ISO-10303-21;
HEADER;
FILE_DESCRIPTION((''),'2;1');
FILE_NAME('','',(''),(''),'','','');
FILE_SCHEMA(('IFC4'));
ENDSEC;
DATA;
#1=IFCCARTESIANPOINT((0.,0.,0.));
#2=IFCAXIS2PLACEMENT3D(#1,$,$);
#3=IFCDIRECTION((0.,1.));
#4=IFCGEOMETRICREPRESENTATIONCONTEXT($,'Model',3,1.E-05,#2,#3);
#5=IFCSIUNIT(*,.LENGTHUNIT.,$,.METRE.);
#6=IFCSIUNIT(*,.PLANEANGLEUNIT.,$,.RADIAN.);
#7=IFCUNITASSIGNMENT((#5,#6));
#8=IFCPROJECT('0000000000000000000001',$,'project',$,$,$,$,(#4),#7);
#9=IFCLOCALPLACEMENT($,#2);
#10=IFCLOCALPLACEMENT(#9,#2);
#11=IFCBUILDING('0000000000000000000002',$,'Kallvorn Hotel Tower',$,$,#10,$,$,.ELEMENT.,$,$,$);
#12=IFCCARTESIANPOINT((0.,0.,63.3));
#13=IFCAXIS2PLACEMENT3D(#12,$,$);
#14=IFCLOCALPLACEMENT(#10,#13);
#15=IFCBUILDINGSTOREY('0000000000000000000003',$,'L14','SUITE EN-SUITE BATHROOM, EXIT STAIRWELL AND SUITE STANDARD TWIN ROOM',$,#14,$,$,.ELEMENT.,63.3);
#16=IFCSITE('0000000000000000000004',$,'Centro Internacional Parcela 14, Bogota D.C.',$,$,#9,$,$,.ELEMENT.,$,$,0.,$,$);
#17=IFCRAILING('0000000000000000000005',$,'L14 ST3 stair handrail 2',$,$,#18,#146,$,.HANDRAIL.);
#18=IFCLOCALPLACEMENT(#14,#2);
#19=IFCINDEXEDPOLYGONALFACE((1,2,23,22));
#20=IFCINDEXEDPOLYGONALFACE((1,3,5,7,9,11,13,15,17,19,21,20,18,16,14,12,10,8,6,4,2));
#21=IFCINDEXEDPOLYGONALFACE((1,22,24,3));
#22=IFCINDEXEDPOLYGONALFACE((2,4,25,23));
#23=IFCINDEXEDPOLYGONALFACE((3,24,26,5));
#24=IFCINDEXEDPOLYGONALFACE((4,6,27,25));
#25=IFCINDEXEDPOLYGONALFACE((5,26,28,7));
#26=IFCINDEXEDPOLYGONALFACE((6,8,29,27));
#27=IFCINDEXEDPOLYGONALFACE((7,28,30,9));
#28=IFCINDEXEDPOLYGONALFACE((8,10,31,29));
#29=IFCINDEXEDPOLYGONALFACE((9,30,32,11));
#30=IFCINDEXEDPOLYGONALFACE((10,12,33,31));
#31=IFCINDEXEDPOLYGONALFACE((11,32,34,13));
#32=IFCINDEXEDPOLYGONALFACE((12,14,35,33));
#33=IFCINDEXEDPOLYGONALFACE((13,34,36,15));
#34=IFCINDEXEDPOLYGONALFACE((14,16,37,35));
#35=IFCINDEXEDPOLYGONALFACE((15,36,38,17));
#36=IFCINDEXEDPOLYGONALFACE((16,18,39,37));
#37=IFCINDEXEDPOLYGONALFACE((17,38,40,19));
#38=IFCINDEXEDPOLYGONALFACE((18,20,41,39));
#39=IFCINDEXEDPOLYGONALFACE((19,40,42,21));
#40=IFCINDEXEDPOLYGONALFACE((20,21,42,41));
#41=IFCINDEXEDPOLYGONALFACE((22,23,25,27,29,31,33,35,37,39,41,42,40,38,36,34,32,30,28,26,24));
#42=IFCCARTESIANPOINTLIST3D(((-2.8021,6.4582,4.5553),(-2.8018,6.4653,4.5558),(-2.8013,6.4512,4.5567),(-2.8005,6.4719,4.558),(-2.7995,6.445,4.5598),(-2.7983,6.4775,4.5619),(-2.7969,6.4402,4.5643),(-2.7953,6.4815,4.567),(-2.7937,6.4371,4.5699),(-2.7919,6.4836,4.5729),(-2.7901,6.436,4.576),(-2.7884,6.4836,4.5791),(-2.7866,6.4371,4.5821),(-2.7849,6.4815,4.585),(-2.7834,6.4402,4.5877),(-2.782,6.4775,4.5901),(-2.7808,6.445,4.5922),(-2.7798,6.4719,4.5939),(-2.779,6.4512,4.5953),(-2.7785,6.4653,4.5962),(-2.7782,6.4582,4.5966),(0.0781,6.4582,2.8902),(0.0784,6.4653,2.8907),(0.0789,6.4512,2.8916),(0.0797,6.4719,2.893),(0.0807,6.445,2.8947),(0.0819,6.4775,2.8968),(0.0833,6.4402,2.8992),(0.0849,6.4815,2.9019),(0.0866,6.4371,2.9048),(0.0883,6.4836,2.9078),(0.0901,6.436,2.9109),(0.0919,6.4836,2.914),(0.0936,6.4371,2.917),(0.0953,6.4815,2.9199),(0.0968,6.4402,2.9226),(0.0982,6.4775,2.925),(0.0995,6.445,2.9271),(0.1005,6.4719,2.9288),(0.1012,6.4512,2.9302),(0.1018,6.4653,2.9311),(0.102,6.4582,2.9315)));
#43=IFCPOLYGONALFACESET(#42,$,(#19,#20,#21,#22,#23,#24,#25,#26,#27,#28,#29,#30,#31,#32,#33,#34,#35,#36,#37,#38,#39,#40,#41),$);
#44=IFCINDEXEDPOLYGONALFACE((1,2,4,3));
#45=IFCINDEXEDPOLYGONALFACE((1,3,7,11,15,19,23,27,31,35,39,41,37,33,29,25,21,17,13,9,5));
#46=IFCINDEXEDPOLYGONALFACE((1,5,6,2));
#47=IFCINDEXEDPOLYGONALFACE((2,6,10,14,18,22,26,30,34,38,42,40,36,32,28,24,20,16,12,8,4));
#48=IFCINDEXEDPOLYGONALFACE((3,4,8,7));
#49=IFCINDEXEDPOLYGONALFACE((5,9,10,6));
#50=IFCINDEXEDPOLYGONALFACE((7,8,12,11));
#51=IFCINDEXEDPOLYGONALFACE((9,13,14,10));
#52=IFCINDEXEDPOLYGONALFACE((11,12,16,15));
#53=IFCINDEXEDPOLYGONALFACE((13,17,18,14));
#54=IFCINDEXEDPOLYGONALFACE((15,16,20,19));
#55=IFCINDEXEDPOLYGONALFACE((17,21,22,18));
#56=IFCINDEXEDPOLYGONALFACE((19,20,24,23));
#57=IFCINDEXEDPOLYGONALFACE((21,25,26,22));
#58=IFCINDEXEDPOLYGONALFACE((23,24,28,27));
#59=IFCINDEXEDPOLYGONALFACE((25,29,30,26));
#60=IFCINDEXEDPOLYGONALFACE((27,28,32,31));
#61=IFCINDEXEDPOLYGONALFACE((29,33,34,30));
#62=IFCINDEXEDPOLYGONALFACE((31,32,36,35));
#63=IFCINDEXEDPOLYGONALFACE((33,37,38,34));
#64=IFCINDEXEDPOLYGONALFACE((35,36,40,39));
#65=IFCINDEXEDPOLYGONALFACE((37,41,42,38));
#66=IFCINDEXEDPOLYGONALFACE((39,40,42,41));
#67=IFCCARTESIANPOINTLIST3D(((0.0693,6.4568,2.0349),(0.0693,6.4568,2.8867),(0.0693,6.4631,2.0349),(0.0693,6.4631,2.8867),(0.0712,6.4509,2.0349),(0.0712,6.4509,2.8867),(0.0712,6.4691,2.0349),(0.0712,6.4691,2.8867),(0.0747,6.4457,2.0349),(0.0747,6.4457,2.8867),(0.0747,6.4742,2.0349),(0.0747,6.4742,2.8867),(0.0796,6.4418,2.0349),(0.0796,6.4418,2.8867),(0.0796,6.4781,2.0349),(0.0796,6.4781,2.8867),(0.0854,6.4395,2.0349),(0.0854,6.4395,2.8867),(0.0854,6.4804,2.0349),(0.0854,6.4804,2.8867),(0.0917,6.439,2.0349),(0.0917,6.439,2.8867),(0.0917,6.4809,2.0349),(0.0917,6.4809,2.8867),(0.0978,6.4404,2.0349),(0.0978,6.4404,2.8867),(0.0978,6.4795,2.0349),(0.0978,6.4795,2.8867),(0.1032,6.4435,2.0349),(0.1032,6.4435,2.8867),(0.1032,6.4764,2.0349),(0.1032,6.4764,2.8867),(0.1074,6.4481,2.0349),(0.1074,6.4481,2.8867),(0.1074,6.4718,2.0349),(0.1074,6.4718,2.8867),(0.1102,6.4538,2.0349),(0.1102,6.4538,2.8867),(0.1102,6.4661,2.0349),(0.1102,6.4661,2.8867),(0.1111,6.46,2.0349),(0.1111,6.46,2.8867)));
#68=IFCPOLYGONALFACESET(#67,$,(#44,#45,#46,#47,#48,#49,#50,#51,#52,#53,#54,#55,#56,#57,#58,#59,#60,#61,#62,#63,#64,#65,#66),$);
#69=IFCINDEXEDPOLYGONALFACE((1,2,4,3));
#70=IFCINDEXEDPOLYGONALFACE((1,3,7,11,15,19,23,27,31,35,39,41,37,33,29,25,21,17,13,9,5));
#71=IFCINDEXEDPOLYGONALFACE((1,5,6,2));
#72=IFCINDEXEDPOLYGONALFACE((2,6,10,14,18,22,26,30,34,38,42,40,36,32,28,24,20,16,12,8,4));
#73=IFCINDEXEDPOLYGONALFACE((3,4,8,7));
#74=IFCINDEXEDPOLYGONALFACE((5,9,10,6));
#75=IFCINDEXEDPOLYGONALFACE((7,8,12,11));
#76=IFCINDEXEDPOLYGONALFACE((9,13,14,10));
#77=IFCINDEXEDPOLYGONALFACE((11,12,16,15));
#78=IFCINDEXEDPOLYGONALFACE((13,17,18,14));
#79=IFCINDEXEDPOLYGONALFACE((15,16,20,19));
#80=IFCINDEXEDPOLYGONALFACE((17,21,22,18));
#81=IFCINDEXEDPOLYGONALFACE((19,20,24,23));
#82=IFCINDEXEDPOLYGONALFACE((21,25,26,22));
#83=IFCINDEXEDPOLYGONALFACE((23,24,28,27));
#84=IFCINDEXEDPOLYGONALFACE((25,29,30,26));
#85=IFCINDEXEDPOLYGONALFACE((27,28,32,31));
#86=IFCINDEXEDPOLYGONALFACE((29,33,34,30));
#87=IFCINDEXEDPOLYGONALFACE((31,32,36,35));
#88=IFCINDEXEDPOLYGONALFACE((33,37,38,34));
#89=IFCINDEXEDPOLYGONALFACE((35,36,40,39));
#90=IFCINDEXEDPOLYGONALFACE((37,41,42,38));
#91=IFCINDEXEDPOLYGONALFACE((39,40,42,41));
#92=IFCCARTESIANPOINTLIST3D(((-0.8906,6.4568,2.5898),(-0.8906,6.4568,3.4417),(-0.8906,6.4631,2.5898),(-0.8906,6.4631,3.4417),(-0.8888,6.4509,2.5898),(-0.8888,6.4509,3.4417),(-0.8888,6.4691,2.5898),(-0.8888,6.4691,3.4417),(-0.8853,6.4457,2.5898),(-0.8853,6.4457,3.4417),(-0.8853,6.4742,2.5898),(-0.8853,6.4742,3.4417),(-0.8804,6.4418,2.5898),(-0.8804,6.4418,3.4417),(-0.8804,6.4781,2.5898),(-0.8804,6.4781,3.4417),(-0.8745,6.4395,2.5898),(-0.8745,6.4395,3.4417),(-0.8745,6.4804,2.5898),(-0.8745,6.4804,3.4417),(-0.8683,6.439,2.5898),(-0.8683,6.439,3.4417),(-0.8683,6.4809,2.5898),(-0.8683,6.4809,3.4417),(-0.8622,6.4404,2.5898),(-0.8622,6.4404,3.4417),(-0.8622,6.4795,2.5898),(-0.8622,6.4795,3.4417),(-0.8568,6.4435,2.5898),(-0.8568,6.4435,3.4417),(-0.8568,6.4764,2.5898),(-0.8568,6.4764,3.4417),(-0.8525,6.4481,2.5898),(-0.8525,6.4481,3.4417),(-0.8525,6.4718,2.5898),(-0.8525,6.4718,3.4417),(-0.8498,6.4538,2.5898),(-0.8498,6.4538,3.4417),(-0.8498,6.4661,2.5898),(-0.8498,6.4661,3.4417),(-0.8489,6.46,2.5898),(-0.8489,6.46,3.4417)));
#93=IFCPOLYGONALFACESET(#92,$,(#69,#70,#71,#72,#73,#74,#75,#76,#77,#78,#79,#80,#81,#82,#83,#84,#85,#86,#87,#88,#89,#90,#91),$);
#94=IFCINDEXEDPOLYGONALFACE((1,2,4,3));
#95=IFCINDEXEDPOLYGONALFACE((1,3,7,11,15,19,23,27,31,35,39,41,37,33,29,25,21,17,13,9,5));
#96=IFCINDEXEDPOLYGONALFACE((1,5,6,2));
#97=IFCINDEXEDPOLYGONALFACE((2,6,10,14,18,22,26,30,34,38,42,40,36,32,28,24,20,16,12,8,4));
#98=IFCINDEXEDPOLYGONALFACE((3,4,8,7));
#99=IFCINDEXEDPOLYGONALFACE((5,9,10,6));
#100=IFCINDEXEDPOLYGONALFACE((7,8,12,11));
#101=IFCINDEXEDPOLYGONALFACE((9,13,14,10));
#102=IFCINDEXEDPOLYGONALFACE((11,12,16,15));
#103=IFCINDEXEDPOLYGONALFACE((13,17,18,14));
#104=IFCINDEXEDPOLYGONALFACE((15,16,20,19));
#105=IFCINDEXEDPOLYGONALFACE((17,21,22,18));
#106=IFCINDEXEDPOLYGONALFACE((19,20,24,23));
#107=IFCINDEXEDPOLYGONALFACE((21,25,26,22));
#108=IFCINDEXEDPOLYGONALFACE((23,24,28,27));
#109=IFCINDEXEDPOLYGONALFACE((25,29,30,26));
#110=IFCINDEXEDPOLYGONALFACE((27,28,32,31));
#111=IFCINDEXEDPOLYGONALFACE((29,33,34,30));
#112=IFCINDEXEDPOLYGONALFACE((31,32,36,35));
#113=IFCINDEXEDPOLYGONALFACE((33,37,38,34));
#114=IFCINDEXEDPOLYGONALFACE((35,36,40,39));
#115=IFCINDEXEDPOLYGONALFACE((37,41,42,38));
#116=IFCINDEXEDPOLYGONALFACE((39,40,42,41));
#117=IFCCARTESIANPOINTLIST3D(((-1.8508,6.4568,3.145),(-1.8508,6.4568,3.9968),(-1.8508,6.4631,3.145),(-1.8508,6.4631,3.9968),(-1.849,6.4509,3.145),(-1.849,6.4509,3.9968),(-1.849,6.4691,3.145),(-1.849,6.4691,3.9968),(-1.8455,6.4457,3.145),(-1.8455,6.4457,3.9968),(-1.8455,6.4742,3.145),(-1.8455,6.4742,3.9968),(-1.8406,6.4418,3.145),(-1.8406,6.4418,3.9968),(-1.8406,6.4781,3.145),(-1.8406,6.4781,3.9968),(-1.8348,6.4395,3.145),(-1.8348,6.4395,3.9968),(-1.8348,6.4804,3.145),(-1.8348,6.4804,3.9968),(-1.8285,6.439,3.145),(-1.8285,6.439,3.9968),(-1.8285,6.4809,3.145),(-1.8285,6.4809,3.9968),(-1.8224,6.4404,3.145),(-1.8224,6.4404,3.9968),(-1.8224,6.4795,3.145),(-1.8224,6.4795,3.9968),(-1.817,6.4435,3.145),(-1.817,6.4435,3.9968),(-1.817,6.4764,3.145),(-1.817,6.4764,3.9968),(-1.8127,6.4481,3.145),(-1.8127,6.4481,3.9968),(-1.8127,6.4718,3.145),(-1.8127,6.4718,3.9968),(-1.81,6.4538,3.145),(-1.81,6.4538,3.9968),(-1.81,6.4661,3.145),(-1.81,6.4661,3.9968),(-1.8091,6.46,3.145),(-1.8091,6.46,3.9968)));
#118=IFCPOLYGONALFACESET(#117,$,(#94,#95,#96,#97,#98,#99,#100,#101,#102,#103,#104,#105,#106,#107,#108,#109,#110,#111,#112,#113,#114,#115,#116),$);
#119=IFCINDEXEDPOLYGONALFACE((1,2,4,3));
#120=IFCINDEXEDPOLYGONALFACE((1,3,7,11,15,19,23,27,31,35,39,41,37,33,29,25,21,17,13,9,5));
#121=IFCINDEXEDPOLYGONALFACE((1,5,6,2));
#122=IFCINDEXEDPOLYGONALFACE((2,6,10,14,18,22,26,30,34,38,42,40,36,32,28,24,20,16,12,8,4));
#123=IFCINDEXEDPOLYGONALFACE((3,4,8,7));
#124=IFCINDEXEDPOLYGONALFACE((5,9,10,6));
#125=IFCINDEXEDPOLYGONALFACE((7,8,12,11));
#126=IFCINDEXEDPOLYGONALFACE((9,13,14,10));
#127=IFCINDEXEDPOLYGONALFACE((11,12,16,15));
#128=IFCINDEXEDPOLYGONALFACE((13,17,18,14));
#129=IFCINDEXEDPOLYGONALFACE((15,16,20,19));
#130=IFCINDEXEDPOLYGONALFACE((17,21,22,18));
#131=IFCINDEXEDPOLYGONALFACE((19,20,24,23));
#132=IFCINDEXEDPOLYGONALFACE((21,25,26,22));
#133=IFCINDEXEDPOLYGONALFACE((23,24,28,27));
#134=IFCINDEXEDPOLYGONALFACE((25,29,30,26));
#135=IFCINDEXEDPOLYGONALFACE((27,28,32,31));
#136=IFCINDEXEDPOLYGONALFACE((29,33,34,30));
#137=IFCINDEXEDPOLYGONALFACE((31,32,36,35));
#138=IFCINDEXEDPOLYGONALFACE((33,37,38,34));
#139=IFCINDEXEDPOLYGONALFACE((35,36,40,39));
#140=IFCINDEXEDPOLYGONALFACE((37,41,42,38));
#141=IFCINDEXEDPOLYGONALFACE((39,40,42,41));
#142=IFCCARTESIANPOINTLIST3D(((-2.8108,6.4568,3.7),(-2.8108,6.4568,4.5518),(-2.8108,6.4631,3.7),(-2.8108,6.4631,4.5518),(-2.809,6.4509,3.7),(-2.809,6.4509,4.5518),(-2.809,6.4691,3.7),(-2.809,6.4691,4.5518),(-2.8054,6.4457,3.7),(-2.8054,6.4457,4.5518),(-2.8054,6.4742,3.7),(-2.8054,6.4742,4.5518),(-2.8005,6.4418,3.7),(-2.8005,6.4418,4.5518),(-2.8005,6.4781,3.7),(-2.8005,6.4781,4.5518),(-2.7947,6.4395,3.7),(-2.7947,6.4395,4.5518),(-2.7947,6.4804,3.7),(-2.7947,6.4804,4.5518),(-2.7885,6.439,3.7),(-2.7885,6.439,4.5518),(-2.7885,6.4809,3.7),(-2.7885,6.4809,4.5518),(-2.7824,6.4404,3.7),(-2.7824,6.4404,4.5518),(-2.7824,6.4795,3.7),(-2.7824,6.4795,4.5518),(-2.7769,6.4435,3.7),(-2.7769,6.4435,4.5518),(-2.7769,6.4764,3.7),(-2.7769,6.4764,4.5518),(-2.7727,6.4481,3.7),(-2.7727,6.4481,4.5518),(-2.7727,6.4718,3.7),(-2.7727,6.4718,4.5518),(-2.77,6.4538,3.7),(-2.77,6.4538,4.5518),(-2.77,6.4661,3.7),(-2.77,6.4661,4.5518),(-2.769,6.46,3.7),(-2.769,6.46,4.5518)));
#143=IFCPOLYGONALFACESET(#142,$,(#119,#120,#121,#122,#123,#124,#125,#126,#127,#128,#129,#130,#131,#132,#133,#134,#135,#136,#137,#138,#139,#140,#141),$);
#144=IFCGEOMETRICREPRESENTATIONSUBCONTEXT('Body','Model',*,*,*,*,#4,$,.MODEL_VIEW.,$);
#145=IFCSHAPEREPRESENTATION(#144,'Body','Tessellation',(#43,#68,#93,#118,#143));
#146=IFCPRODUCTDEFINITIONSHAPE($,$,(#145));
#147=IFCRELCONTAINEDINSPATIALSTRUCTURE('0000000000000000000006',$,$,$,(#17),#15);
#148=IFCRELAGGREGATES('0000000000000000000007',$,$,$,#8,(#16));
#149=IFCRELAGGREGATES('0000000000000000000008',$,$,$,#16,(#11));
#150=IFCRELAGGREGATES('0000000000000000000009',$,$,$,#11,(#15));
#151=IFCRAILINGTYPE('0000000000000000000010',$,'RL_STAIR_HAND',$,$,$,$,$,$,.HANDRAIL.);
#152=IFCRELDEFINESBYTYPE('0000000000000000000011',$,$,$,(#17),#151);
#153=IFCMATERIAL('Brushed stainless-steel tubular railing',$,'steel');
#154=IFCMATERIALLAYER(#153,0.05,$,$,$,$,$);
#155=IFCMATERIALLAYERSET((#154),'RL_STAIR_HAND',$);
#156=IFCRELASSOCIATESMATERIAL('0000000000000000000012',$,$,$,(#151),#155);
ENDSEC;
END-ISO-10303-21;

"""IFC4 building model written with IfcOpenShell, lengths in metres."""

from ifc_helpers import new_model, si_unit, direction, frame, origin, origin_2d, place, context, subcontext, project, spatial, circle, extrude, material, layer, layer_set, type_object, element, save


model = new_model("IFC4")

# Units and contexts
model_context = context("Model", 3, precision=1e-05, world=origin(), true_north=direction((0.0, 1.0)))
body_context = subcontext(model_context, "Body", "Model", "MODEL_VIEW")
ifc_project = project(units=[si_unit("LENGTHUNIT", "METRE"), si_unit("PLANEANGLEUNIT", "RADIAN")], contexts=[model_context])

# Site, building, storey
site_placement = place(None, origin())
site = spatial("IfcSite", under=ifc_project, at=site_placement, Name="Centro Internacional Parcela 14, Bogota D.C.", CompositionType="ELEMENT", RefElevation=0.0)
building_placement = place(site_placement, origin())
building = spatial("IfcBuilding", under=site, at=building_placement, Name="Kallvorn Hotel Tower", CompositionType="ELEMENT")
storey_placement = place(building_placement, frame((0.0, 0.0, 63.3)))
storey = spatial("IfcBuildingStorey", under=building, at=storey_placement, Name="L14", Description="SUITE EN-SUITE BATHROOM, EXIT STAIRWELL AND SUITE STANDARD TWIN ROOM", CompositionType="ELEMENT", Elevation=63.3)

# Railing
ifc_material_1 = material(Name="Brushed stainless-steel tubular railing", Category="steel")
ifc_layer_1 = layer(ifc_material_1, 0.05)
ifc_layer_set_1 = layer_set([ifc_layer_1], Name="RL_STAIR_HAND")
railing_type_1 = type_object("IfcRailingType", Name="RL_STAIR_HAND", PredefinedType="HANDRAIL", material=ifc_layer_set_1)
railing_1_placement = place(storey_placement, frame((0.0901, 6.46, 2.0349)))
element("IfcRailing", 1, at=railing_1_placement, inside=storey, type_object=railing_type_1, Name="L14 ST3 stair handrail 2", PredefinedType="HANDRAIL", context=body_context, shape_type="SweptSolid", body=[
    extrude(circle(Radius=0.0239, at=origin_2d()), frame((0.0, 0.0, 0.876), z_axis=(-0.865739, 0.0, 0.500495), x_axis=(0.0, -1.0, 0.0)), (0.0, 0.0, 1.0), 3.3269),
    extrude(circle(Radius=0.021, at=origin_2d()), origin(), (0.0, 0.0, 1.0), 0.8518),
    extrude(circle(Radius=0.021, at=origin_2d()), frame((-0.96, 0.0, 0.5549)), (0.0, 0.0, 1.0), 0.8518),
    extrude(circle(Radius=0.021, at=origin_2d()), frame((-1.9202, 0.0, 1.1101)), (0.0, 0.0, 1.0), 0.8518),
    extrude(circle(Radius=0.021, at=origin_2d()), frame((-2.8801, 0.0, 1.665)), (0.0, 0.0, 1.0), 0.8518),
])

save(model, "model.ifc")
